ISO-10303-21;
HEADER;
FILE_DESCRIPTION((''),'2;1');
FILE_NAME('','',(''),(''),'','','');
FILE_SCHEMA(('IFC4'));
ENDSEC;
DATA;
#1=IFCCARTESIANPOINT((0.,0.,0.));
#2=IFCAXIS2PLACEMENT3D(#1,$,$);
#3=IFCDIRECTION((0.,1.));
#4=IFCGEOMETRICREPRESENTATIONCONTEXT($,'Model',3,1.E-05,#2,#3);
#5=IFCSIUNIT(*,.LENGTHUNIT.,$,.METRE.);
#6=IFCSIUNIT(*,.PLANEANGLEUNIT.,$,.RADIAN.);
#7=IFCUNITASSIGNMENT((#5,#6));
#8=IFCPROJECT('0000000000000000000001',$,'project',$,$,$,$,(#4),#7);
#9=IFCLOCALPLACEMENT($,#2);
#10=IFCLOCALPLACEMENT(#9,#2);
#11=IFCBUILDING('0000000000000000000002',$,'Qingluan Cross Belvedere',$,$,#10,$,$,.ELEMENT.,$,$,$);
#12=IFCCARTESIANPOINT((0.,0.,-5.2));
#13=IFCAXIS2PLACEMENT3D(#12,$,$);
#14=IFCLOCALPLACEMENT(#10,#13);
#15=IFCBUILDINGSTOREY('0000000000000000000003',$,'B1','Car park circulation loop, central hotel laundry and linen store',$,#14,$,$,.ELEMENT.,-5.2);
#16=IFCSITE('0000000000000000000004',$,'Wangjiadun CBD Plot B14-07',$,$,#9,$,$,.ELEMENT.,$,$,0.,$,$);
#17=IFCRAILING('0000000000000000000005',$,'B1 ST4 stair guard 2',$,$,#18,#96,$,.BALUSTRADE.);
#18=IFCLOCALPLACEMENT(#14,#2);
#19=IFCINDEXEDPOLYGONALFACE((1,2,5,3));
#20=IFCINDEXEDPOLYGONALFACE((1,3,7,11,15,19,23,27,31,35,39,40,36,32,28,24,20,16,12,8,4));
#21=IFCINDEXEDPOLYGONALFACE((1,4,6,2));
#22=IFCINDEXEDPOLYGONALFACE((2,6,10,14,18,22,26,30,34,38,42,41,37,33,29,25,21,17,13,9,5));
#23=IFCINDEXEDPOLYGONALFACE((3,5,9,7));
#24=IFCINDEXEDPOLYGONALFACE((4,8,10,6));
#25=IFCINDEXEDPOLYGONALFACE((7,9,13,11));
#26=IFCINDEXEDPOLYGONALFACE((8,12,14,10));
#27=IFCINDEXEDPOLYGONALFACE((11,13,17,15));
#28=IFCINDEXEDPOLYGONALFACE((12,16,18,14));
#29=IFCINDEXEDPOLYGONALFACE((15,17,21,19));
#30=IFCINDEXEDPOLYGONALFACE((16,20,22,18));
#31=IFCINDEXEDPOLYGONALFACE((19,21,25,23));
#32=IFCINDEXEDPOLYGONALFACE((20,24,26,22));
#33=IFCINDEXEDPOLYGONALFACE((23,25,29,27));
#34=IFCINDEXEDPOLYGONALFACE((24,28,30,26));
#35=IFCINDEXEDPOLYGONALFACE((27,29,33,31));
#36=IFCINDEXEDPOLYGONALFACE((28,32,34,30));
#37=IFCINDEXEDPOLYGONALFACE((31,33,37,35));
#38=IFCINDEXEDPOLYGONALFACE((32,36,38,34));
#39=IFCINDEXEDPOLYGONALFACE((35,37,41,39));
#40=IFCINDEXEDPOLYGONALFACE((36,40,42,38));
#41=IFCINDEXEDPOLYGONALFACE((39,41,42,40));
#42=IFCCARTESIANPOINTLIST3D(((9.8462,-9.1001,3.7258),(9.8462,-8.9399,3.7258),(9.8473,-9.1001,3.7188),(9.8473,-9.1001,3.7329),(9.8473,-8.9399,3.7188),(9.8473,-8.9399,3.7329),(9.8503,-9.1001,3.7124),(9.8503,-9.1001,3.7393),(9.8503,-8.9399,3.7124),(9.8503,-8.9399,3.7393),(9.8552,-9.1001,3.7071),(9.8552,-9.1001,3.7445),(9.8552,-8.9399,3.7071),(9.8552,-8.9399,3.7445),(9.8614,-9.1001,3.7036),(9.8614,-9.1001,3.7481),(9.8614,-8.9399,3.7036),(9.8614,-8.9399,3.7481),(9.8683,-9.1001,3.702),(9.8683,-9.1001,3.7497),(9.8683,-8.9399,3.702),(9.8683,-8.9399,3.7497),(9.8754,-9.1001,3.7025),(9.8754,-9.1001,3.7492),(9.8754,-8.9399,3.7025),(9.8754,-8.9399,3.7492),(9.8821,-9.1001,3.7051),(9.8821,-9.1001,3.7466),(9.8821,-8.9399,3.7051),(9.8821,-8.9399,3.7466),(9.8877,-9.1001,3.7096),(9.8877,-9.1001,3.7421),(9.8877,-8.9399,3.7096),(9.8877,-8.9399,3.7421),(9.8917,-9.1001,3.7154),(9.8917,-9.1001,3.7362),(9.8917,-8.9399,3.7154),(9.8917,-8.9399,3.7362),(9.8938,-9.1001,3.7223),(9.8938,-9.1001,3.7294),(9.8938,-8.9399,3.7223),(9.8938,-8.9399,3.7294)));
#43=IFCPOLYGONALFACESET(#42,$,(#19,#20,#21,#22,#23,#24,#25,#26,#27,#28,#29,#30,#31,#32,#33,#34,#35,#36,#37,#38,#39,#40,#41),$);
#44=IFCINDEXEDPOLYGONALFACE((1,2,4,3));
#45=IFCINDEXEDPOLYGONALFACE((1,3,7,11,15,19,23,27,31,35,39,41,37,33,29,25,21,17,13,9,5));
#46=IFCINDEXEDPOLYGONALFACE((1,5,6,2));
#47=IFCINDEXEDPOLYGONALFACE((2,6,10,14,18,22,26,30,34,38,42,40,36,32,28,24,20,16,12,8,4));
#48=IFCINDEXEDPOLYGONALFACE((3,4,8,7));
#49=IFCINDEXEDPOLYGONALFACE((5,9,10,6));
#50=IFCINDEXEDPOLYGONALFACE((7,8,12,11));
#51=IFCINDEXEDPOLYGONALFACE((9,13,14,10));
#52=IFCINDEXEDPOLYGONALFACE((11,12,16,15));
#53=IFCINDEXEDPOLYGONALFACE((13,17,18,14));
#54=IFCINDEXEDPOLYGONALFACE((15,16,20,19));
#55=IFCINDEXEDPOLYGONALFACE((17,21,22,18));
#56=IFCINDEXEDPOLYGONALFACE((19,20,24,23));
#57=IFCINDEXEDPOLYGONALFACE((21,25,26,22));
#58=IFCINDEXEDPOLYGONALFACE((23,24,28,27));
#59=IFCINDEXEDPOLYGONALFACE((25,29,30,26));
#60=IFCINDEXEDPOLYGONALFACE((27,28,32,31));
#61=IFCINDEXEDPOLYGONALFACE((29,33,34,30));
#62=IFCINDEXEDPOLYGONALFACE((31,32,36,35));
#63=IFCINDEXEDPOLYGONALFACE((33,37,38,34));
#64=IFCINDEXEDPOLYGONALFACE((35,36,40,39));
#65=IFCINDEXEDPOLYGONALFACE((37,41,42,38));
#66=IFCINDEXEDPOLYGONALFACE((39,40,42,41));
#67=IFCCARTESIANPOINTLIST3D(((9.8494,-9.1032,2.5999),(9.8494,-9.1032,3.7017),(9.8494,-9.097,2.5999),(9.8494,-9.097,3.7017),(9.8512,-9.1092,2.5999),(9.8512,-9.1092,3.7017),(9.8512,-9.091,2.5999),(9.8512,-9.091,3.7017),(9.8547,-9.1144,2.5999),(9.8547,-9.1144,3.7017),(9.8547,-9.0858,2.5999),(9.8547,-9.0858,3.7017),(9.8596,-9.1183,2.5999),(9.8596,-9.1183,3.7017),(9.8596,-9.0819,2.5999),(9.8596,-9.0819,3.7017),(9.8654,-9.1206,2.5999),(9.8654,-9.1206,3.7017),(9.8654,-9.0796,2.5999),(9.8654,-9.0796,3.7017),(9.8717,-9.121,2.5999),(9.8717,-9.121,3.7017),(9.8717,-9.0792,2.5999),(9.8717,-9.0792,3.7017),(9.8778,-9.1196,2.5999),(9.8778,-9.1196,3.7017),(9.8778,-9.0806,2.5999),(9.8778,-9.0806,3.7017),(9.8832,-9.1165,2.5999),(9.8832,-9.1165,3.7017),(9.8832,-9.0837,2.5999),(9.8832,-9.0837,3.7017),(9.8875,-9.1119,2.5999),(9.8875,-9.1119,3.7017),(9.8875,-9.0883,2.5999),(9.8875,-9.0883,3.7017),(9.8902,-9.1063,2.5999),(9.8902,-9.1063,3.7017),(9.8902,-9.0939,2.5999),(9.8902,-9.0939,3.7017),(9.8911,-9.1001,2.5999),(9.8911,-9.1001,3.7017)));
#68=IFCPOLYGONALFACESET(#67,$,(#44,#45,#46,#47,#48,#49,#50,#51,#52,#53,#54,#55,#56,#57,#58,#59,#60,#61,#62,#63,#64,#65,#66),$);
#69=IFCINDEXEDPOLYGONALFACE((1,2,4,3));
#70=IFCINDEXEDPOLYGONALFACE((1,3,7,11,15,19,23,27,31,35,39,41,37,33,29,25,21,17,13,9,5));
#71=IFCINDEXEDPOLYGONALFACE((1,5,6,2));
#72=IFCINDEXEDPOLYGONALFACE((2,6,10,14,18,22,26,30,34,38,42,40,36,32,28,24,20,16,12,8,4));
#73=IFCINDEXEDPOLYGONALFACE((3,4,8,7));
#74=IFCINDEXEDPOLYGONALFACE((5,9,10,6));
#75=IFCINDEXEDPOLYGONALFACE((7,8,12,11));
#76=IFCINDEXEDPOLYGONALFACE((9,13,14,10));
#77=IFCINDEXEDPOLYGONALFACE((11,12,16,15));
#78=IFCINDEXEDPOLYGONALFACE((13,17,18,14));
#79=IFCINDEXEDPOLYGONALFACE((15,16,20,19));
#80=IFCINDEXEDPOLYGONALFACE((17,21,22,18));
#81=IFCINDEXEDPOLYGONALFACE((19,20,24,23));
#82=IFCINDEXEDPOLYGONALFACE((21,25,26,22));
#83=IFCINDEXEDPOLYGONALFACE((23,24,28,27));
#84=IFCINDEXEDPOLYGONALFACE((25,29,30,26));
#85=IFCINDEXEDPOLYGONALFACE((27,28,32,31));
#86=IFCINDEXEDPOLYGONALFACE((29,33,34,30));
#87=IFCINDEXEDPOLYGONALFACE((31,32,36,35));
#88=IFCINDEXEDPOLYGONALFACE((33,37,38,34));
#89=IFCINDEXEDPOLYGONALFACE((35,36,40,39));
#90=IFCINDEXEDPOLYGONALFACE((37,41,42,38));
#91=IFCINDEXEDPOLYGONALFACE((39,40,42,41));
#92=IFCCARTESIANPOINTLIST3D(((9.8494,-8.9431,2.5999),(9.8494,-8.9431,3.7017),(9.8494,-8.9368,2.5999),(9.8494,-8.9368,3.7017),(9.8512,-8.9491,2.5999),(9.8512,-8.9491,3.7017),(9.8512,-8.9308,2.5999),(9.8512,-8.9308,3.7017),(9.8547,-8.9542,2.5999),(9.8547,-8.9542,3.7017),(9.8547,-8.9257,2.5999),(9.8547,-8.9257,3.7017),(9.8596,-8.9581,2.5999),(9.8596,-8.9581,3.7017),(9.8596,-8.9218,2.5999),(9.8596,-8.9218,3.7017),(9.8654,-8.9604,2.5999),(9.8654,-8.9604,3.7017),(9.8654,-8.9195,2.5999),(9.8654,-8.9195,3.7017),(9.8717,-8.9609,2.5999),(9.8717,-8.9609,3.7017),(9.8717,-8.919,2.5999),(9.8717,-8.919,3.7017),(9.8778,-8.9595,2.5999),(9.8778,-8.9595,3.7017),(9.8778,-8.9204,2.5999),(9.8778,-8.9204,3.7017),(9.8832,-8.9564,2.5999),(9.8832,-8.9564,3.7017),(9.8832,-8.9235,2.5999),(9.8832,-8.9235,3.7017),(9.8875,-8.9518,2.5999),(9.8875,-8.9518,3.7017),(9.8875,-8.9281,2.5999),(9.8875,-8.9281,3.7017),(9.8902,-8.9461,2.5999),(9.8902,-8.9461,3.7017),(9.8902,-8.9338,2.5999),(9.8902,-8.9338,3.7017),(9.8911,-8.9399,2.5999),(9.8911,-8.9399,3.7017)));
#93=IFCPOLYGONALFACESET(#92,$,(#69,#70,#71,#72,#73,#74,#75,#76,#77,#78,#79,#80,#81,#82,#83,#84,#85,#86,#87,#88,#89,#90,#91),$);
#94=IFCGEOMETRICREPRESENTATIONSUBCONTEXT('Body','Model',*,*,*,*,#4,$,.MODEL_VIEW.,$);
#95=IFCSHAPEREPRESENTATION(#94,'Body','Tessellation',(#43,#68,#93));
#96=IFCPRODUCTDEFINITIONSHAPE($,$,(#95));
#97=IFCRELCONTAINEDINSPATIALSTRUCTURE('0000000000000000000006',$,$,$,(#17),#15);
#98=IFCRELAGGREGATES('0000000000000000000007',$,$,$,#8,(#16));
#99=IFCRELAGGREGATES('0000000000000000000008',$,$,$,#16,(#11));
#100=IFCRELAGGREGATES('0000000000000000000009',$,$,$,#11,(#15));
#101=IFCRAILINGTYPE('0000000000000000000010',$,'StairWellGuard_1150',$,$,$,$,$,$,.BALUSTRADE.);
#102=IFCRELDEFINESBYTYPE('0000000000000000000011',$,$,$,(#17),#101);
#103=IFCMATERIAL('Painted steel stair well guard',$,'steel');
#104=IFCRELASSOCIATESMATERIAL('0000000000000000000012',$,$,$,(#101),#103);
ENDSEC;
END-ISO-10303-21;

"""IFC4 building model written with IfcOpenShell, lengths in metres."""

from ifc_helpers import new_model, si_unit, direction, frame, origin, origin_2d, place, context, subcontext, project, spatial, circle, extrude, material, type_object, element, save


model = new_model("IFC4")

# Units and contexts
model_context = context("Model", 3, precision=1e-05, world=origin(), true_north=direction((0.0, 1.0)))
body_context = subcontext(model_context, "Body", "Model", "MODEL_VIEW")
ifc_project = project(units=[si_unit("LENGTHUNIT", "METRE"), si_unit("PLANEANGLEUNIT", "RADIAN")], contexts=[model_context])

# Site, building, storey
site_placement = place(None, origin())
site = spatial("IfcSite", under=ifc_project, at=site_placement, Name="Wangjiadun CBD Plot B14-07", CompositionType="ELEMENT", RefElevation=0.0)
building_placement = place(site_placement, origin())
building = spatial("IfcBuilding", under=site, at=building_placement, Name="Qingluan Cross Belvedere", CompositionType="ELEMENT")
storey_placement = place(building_placement, frame((0.0, 0.0, -5.2)))
storey = spatial("IfcBuildingStorey", under=building, at=storey_placement, Name="B1", Description="Car park circulation loop, central hotel laundry and linen store", CompositionType="ELEMENT", Elevation=-5.2)

# Railing
ifc_material_1 = material(Name="Painted steel stair well guard", Category="steel")
railing_type_1 = type_object("IfcRailingType", Name="StairWellGuard_1150", PredefinedType="BALUSTRADE", material=ifc_material_1)
railing_1_placement = place(storey_placement, frame((9.8701, -9.1001, 2.5999)))
element("IfcRailing", 1, at=railing_1_placement, inside=storey, type_object=railing_type_1, Name="B1 ST4 stair guard 2", PredefinedType="BALUSTRADE", context=body_context, shape_type="SweptSolid", body=[
    extrude(circle(Radius=0.0239, at=origin_2d()), frame((0.0, 0.0, 1.126), z_axis=(0.0, 1.0, 0.0), x_axis=(-1.0, 0.0, 0.0)), (0.0, 0.0, 1.0), 0.1602),
    extrude(circle(Radius=0.021, at=origin_2d()), origin(), (0.0, 0.0, 1.0), 1.1018),
    extrude(circle(Radius=0.021, at=origin_2d()), frame((0.0, 0.1602, 0.0)), (0.0, 0.0, 1.0), 1.1018),
])

save(model, "model.ifc")
